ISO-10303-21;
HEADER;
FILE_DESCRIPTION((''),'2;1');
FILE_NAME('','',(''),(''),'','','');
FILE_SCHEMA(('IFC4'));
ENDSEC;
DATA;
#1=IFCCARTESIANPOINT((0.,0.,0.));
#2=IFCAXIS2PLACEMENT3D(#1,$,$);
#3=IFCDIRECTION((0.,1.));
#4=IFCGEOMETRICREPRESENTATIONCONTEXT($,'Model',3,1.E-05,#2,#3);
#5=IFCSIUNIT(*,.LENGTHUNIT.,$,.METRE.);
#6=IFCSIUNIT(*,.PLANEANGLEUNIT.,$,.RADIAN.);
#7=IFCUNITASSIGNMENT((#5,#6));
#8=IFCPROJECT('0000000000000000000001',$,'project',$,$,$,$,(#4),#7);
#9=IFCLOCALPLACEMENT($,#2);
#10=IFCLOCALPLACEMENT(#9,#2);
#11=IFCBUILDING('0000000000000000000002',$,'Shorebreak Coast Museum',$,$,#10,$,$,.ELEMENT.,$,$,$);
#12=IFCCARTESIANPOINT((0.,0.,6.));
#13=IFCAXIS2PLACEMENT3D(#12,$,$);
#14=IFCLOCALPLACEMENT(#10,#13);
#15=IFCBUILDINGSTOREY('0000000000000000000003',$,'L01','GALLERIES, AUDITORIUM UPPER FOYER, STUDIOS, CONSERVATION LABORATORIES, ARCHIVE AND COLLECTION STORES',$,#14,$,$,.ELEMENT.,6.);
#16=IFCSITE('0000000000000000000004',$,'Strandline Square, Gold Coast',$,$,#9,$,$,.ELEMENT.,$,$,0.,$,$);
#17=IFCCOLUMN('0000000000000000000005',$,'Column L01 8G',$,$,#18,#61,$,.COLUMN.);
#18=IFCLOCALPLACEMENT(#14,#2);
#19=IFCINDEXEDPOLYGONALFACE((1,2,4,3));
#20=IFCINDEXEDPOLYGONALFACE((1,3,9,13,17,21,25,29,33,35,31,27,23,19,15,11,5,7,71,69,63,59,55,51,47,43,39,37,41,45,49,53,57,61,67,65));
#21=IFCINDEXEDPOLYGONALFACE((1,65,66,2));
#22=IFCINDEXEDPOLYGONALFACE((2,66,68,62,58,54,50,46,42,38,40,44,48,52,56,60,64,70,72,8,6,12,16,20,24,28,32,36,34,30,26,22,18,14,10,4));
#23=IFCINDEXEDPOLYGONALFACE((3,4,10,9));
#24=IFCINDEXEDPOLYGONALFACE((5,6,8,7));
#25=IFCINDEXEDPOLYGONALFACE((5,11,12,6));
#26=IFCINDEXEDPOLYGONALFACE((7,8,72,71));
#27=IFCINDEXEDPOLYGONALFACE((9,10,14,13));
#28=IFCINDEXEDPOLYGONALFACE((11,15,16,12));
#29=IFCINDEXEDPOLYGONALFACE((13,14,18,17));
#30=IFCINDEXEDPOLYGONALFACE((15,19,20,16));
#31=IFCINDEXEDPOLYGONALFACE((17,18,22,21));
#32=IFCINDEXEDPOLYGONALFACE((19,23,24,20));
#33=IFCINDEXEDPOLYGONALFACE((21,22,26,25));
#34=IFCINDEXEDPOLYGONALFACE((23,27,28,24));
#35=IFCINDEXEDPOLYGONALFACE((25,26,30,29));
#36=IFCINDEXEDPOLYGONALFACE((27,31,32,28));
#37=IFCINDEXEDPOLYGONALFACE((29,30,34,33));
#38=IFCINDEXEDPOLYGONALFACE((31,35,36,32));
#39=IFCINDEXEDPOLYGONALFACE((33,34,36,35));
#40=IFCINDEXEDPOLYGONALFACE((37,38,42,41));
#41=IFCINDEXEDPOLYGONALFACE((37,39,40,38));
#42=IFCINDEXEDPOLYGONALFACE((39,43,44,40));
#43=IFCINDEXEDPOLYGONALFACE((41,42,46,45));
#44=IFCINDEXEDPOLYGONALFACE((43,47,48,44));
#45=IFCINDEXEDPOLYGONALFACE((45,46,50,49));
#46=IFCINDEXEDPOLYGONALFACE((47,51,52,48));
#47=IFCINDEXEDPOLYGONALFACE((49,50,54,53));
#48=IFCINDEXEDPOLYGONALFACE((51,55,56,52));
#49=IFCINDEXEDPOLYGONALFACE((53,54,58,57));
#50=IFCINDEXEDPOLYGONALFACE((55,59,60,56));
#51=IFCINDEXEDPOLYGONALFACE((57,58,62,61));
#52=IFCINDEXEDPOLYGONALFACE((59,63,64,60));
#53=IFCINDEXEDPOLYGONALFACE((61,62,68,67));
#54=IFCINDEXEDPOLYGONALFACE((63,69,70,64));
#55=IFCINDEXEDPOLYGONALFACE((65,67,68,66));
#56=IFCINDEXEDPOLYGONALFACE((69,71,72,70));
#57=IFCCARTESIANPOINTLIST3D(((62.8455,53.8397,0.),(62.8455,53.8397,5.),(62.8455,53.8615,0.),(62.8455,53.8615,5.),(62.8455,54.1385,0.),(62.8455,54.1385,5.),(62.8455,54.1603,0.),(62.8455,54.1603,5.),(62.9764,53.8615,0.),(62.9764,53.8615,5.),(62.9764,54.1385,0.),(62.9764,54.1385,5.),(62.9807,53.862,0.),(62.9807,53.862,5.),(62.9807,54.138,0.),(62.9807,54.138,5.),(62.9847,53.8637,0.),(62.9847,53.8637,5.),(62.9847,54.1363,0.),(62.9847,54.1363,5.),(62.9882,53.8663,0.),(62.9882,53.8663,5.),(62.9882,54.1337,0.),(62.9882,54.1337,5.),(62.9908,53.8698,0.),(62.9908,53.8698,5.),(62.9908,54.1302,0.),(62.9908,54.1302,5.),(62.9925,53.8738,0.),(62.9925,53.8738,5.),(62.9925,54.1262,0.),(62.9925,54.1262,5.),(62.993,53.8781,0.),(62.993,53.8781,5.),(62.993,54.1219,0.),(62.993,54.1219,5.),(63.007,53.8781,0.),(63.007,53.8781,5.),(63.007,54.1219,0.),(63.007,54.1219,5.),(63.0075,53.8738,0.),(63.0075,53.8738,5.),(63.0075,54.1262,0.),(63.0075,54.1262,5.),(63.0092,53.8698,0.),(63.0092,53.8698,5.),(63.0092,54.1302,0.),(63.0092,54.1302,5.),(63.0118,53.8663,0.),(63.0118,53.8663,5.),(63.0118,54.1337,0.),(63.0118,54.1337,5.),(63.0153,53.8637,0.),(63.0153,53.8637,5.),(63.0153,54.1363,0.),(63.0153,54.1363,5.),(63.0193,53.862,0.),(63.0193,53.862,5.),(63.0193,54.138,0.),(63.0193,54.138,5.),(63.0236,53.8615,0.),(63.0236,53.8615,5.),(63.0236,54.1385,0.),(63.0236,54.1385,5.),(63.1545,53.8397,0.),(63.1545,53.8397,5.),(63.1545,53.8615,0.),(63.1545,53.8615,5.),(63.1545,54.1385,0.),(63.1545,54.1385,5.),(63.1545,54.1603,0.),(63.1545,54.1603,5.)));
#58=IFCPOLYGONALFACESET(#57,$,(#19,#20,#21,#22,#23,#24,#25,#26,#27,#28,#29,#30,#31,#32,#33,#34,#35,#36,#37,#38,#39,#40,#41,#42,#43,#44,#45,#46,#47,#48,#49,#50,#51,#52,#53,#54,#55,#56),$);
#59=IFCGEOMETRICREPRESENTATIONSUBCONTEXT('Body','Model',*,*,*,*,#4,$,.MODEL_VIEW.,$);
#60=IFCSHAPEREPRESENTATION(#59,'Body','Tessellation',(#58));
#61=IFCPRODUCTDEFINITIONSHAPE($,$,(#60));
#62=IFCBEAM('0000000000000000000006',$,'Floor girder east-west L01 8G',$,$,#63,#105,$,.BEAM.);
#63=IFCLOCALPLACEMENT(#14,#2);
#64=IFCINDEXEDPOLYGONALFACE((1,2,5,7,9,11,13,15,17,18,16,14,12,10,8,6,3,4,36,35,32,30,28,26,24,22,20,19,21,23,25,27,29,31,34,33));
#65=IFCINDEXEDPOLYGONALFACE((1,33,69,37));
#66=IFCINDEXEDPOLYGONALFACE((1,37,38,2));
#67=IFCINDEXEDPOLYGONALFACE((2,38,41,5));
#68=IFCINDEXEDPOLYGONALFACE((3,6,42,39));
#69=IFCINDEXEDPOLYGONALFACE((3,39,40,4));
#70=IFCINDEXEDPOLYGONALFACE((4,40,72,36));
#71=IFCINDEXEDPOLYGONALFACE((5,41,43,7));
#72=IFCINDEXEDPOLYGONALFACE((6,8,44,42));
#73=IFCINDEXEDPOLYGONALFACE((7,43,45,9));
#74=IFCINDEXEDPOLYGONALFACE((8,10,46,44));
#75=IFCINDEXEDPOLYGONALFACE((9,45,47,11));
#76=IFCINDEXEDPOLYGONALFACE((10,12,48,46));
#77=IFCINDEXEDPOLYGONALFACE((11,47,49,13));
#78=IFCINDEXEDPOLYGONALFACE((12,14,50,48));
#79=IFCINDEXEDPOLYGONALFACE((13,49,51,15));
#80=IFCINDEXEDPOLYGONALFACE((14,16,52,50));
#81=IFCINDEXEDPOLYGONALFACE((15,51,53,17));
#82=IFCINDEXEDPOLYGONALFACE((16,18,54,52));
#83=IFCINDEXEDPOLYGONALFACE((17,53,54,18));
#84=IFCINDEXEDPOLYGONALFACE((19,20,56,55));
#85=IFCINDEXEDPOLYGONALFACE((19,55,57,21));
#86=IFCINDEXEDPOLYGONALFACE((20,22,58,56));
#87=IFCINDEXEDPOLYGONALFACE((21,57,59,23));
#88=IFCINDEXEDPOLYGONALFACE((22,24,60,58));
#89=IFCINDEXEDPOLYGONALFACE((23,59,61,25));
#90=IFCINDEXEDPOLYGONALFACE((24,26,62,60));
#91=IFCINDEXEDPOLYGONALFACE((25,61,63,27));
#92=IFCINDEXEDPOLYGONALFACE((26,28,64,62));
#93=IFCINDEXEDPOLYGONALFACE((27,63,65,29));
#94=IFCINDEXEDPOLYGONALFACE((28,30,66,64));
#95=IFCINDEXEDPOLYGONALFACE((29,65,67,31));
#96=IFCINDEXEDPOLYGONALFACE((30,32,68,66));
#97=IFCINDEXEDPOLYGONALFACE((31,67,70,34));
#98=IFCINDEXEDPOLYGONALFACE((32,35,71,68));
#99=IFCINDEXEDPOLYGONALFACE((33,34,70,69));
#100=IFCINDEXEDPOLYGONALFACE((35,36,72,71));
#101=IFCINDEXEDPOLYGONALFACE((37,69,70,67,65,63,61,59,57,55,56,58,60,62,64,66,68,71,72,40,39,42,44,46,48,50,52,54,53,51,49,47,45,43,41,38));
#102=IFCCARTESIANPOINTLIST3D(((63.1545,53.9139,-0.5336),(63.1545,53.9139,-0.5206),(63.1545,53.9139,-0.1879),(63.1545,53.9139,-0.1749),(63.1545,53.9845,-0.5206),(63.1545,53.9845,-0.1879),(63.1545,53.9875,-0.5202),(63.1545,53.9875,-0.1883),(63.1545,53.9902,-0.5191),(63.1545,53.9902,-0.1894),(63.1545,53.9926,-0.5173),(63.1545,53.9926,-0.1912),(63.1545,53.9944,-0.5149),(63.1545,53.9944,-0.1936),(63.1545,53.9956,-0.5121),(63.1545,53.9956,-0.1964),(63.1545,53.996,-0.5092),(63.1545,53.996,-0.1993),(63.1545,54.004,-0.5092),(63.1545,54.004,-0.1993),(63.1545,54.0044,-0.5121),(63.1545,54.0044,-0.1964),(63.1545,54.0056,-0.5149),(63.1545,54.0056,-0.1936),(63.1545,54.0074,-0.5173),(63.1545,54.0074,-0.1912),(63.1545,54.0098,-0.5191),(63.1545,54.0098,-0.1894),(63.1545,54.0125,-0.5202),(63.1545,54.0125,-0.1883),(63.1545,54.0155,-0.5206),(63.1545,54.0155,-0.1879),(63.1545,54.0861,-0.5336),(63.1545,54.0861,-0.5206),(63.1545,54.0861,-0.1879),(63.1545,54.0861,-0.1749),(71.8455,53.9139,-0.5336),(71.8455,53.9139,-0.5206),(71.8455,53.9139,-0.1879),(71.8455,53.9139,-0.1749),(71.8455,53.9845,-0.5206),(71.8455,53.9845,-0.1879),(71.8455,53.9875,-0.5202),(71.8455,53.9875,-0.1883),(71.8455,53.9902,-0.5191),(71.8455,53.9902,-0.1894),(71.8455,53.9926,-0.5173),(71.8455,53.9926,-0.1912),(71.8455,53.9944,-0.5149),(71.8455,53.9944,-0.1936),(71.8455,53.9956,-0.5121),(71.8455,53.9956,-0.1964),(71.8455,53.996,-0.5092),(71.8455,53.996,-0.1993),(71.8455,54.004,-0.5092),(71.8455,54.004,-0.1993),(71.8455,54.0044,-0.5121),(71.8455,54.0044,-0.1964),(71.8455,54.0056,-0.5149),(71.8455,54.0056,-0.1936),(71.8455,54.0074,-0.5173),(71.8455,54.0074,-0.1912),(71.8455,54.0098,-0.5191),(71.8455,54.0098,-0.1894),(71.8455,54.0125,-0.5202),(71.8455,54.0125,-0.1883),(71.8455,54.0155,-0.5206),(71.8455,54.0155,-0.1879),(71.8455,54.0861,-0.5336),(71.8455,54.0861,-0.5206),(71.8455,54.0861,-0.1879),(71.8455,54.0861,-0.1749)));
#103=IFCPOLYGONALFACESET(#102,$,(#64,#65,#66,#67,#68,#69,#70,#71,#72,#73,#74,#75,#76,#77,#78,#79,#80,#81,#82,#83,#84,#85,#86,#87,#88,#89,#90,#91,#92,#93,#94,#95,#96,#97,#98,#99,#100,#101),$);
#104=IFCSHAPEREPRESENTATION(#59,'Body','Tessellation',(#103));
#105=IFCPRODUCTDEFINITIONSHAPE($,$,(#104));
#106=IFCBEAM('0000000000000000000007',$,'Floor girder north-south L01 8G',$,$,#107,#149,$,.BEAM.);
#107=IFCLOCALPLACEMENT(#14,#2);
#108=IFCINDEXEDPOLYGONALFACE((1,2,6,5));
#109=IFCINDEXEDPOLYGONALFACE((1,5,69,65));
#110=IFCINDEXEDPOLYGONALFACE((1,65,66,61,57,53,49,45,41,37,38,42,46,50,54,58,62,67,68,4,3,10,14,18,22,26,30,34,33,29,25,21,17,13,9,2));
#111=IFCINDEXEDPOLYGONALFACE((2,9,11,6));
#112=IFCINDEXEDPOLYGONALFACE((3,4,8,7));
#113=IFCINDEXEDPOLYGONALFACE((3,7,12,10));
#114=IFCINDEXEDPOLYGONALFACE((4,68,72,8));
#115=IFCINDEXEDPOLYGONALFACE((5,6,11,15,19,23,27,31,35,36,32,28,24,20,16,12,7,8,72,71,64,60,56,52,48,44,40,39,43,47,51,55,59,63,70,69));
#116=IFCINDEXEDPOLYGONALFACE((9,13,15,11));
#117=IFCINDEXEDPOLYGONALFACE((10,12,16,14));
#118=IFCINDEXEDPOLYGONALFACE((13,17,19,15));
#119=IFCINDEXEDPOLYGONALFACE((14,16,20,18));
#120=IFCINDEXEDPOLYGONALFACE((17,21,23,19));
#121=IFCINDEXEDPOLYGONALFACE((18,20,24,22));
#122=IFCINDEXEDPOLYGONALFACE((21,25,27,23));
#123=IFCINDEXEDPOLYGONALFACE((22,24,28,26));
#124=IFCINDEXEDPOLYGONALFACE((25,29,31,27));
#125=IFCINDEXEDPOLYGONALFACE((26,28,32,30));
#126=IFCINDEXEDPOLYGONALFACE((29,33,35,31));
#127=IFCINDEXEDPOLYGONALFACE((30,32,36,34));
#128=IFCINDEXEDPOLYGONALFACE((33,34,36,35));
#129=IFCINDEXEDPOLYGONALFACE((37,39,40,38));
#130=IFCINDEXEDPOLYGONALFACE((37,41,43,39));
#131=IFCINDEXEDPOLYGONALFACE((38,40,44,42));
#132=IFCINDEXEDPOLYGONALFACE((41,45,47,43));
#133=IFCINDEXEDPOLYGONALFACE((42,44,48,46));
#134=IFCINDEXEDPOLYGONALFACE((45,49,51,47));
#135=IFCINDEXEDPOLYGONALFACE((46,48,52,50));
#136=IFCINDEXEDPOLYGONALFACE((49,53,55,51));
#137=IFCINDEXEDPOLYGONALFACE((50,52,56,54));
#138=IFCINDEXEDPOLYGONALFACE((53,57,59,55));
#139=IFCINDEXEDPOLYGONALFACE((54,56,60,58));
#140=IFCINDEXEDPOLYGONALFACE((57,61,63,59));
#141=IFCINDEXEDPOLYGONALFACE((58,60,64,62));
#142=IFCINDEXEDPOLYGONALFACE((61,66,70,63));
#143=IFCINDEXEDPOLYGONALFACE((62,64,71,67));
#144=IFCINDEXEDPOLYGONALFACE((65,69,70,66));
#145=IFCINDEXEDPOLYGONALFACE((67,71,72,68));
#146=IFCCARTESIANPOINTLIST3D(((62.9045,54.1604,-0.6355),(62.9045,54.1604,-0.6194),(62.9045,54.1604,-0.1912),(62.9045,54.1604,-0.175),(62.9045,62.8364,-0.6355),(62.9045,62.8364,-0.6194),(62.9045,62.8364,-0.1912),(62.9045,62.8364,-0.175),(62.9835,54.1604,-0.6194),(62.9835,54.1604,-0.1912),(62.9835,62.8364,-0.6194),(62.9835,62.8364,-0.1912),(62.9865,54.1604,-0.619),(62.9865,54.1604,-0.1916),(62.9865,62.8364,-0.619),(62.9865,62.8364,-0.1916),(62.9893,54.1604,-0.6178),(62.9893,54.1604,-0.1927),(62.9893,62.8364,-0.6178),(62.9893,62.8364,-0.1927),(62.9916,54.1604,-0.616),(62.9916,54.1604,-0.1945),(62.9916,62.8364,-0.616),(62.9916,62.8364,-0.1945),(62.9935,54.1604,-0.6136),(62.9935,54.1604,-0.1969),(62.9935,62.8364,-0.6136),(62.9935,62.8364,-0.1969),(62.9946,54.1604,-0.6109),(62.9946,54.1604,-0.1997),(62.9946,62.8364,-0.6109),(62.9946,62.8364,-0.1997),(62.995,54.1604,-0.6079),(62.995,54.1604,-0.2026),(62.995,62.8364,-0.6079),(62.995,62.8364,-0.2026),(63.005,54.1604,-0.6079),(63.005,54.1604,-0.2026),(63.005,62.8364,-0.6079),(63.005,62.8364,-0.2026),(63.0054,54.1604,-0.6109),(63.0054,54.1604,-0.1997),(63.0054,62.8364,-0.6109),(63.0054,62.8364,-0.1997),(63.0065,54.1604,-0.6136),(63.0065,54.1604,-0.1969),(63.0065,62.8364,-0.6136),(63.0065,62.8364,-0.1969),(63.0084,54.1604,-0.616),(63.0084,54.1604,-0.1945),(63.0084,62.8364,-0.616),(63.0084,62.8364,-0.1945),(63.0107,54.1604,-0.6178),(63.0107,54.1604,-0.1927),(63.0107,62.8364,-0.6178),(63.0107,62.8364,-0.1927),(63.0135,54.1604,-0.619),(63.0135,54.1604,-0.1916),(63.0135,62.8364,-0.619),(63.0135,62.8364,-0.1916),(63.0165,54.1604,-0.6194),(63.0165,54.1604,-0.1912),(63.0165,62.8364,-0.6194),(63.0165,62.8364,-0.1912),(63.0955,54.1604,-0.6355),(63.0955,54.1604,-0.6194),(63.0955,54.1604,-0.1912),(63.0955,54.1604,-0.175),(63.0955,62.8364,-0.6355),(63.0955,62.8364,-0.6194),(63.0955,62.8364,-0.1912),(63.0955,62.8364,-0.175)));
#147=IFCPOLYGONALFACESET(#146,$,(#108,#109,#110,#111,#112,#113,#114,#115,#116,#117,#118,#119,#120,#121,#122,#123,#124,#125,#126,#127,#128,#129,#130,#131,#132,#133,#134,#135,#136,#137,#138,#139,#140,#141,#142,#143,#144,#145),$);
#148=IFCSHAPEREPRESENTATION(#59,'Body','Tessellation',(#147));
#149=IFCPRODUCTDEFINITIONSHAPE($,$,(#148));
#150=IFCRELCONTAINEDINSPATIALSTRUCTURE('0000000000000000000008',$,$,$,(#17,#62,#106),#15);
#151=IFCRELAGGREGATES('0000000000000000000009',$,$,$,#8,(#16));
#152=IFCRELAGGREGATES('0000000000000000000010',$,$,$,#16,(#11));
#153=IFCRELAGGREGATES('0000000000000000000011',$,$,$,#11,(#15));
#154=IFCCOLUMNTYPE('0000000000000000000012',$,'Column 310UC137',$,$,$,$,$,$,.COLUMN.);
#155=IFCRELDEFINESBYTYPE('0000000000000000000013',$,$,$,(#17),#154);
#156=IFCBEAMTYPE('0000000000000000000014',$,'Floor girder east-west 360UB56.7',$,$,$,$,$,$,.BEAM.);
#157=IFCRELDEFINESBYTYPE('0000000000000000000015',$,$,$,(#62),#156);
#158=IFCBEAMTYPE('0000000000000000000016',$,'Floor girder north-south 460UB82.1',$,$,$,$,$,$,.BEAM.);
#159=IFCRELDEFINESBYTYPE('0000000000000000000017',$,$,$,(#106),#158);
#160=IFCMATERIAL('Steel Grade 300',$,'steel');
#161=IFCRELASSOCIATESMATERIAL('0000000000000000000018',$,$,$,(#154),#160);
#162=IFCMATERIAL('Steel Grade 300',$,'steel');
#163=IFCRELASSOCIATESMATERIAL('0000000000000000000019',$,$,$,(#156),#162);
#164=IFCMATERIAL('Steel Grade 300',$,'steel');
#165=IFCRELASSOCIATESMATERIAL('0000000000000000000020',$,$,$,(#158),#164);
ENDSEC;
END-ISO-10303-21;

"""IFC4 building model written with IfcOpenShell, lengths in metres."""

from ifc_helpers import new_model, si_unit, direction, frame, origin, origin_2d, place, context, subcontext, project, spatial, i_section, extrude, material, material_profile, profile_set, type_object, element, save


model = new_model("IFC4")

# Units and contexts
model_context = context("Model", 3, precision=1e-05, world=origin(), true_north=direction((0.0, 1.0)))
body_context = subcontext(model_context, "Body", "Model", "MODEL_VIEW")
ifc_project = project(units=[si_unit("LENGTHUNIT", "METRE"), si_unit("PLANEANGLEUNIT", "RADIAN")], contexts=[model_context])

# Site, building, storey
site_placement = place(None, origin())
site = spatial("IfcSite", under=ifc_project, at=site_placement, Name="Strandline Square, Gold Coast", CompositionType="ELEMENT", RefElevation=0.0)
building_placement = place(site_placement, origin())
building = spatial("IfcBuilding", under=site, at=building_placement, Name="Shorebreak Coast Museum", CompositionType="ELEMENT")
storey_placement = place(building_placement, frame((0.0, 0.0, 6.0)))
storey = spatial("IfcBuildingStorey", under=building, at=storey_placement, Name="L01", Description="GALLERIES, AUDITORIUM UPPER FOYER, STUDIOS, CONSERVATION LABORATORIES, ARCHIVE AND COLLECTION STORES", CompositionType="ELEMENT", Elevation=6.0)

# Column
ifc_material_1 = material(Name="Steel Grade 300", Category="steel")
ifc_material_profile_1 = material_profile(ifc_material_1, i_section(OverallWidth=0.3091, OverallDepth=0.3206, WebThickness=0.0139, FlangeThickness=0.0217, FilletRadius=0.0166, at=origin_2d()), Name="310UC137")
ifc_profile_set_1 = profile_set([ifc_material_profile_1], Name="Steel Grade 300")
column_type = type_object("IfcColumnType", Name="Column 310UC137", PredefinedType="COLUMN", material=ifc_profile_set_1)
column_placement = place(storey_placement, frame((63.0, 54.0, 0.0), z_axis=(0.0, 0.0, 1.0), x_axis=(1.0, 0.0, 0.0)))
element("IfcColumn", 1, at=column_placement, inside=storey, type_object=column_type, Name="Column L01 8G", PredefinedType="COLUMN", context=body_context, shape_type="SweptSolid", body=[
    extrude(i_section(OverallWidth=0.3091, OverallDepth=0.3206, WebThickness=0.0139, FlangeThickness=0.0217, FilletRadius=0.0166, at=origin_2d()), origin(), (0.0, 0.0, 1.0), 5.0),
])

# Beams
ifc_material_2 = material(Name="Steel Grade 300", Category="steel")
ifc_material_profile_2 = material_profile(ifc_material_2, i_section(OverallWidth=0.1721, OverallDepth=0.3586, WebThickness=0.0081, FlangeThickness=0.0129, FilletRadius=0.0115, at=origin_2d()), Name="360UB56.7")
ifc_profile_set_2 = profile_set([ifc_material_profile_2], Name="Steel Grade 300")
beam_type_1 = type_object("IfcBeamType", Name="Floor girder east-west 360UB56.7", PredefinedType="BEAM", material=ifc_profile_set_2)
beam_1_placement = place(storey_placement, frame((63.1545, 54.0, -0.3542), z_axis=(1.0, 0.0, 0.0), x_axis=(0.0, 1.0, 0.0)))
element("IfcBeam", 2, at=beam_1_placement, inside=storey, type_object=beam_type_1, Name="Floor girder east-west L01 8G", PredefinedType="BEAM", context=body_context, shape_type="SweptSolid", body=[
    extrude(i_section(OverallWidth=0.1721, OverallDepth=0.3586, WebThickness=0.0081, FlangeThickness=0.0129, FilletRadius=0.0115, at=origin_2d()), origin(), (0.0, 0.0, 1.0), 8.6909),
])
ifc_material_3 = material(Name="Steel Grade 300", Category="steel")
ifc_material_profile_3 = material_profile(ifc_material_3, i_section(OverallWidth=0.1909, OverallDepth=0.4604, WebThickness=0.01, FlangeThickness=0.0161, FilletRadius=0.0115, at=origin_2d()), Name="460UB82.1")
ifc_profile_set_3 = profile_set([ifc_material_profile_3], Name="Steel Grade 300")
beam_type_2 = type_object("IfcBeamType", Name="Floor girder north-south 460UB82.1", PredefinedType="BEAM", material=ifc_profile_set_3)
beam_2_placement = place(storey_placement, frame((63.0, 54.1604, -0.4053), z_axis=(0.0, 1.0, 0.0), x_axis=(-1.0, 0.0, 0.0)))
element("IfcBeam", 3, at=beam_2_placement, inside=storey, type_object=beam_type_2, Name="Floor girder north-south L01 8G", PredefinedType="BEAM", context=body_context, shape_type="SweptSolid", body=[
    extrude(i_section(OverallWidth=0.1909, OverallDepth=0.4604, WebThickness=0.01, FlangeThickness=0.0161, FilletRadius=0.0115, at=origin_2d()), origin(), (0.0, 0.0, 1.0), 8.676),
])

save(model, "model.ifc")
